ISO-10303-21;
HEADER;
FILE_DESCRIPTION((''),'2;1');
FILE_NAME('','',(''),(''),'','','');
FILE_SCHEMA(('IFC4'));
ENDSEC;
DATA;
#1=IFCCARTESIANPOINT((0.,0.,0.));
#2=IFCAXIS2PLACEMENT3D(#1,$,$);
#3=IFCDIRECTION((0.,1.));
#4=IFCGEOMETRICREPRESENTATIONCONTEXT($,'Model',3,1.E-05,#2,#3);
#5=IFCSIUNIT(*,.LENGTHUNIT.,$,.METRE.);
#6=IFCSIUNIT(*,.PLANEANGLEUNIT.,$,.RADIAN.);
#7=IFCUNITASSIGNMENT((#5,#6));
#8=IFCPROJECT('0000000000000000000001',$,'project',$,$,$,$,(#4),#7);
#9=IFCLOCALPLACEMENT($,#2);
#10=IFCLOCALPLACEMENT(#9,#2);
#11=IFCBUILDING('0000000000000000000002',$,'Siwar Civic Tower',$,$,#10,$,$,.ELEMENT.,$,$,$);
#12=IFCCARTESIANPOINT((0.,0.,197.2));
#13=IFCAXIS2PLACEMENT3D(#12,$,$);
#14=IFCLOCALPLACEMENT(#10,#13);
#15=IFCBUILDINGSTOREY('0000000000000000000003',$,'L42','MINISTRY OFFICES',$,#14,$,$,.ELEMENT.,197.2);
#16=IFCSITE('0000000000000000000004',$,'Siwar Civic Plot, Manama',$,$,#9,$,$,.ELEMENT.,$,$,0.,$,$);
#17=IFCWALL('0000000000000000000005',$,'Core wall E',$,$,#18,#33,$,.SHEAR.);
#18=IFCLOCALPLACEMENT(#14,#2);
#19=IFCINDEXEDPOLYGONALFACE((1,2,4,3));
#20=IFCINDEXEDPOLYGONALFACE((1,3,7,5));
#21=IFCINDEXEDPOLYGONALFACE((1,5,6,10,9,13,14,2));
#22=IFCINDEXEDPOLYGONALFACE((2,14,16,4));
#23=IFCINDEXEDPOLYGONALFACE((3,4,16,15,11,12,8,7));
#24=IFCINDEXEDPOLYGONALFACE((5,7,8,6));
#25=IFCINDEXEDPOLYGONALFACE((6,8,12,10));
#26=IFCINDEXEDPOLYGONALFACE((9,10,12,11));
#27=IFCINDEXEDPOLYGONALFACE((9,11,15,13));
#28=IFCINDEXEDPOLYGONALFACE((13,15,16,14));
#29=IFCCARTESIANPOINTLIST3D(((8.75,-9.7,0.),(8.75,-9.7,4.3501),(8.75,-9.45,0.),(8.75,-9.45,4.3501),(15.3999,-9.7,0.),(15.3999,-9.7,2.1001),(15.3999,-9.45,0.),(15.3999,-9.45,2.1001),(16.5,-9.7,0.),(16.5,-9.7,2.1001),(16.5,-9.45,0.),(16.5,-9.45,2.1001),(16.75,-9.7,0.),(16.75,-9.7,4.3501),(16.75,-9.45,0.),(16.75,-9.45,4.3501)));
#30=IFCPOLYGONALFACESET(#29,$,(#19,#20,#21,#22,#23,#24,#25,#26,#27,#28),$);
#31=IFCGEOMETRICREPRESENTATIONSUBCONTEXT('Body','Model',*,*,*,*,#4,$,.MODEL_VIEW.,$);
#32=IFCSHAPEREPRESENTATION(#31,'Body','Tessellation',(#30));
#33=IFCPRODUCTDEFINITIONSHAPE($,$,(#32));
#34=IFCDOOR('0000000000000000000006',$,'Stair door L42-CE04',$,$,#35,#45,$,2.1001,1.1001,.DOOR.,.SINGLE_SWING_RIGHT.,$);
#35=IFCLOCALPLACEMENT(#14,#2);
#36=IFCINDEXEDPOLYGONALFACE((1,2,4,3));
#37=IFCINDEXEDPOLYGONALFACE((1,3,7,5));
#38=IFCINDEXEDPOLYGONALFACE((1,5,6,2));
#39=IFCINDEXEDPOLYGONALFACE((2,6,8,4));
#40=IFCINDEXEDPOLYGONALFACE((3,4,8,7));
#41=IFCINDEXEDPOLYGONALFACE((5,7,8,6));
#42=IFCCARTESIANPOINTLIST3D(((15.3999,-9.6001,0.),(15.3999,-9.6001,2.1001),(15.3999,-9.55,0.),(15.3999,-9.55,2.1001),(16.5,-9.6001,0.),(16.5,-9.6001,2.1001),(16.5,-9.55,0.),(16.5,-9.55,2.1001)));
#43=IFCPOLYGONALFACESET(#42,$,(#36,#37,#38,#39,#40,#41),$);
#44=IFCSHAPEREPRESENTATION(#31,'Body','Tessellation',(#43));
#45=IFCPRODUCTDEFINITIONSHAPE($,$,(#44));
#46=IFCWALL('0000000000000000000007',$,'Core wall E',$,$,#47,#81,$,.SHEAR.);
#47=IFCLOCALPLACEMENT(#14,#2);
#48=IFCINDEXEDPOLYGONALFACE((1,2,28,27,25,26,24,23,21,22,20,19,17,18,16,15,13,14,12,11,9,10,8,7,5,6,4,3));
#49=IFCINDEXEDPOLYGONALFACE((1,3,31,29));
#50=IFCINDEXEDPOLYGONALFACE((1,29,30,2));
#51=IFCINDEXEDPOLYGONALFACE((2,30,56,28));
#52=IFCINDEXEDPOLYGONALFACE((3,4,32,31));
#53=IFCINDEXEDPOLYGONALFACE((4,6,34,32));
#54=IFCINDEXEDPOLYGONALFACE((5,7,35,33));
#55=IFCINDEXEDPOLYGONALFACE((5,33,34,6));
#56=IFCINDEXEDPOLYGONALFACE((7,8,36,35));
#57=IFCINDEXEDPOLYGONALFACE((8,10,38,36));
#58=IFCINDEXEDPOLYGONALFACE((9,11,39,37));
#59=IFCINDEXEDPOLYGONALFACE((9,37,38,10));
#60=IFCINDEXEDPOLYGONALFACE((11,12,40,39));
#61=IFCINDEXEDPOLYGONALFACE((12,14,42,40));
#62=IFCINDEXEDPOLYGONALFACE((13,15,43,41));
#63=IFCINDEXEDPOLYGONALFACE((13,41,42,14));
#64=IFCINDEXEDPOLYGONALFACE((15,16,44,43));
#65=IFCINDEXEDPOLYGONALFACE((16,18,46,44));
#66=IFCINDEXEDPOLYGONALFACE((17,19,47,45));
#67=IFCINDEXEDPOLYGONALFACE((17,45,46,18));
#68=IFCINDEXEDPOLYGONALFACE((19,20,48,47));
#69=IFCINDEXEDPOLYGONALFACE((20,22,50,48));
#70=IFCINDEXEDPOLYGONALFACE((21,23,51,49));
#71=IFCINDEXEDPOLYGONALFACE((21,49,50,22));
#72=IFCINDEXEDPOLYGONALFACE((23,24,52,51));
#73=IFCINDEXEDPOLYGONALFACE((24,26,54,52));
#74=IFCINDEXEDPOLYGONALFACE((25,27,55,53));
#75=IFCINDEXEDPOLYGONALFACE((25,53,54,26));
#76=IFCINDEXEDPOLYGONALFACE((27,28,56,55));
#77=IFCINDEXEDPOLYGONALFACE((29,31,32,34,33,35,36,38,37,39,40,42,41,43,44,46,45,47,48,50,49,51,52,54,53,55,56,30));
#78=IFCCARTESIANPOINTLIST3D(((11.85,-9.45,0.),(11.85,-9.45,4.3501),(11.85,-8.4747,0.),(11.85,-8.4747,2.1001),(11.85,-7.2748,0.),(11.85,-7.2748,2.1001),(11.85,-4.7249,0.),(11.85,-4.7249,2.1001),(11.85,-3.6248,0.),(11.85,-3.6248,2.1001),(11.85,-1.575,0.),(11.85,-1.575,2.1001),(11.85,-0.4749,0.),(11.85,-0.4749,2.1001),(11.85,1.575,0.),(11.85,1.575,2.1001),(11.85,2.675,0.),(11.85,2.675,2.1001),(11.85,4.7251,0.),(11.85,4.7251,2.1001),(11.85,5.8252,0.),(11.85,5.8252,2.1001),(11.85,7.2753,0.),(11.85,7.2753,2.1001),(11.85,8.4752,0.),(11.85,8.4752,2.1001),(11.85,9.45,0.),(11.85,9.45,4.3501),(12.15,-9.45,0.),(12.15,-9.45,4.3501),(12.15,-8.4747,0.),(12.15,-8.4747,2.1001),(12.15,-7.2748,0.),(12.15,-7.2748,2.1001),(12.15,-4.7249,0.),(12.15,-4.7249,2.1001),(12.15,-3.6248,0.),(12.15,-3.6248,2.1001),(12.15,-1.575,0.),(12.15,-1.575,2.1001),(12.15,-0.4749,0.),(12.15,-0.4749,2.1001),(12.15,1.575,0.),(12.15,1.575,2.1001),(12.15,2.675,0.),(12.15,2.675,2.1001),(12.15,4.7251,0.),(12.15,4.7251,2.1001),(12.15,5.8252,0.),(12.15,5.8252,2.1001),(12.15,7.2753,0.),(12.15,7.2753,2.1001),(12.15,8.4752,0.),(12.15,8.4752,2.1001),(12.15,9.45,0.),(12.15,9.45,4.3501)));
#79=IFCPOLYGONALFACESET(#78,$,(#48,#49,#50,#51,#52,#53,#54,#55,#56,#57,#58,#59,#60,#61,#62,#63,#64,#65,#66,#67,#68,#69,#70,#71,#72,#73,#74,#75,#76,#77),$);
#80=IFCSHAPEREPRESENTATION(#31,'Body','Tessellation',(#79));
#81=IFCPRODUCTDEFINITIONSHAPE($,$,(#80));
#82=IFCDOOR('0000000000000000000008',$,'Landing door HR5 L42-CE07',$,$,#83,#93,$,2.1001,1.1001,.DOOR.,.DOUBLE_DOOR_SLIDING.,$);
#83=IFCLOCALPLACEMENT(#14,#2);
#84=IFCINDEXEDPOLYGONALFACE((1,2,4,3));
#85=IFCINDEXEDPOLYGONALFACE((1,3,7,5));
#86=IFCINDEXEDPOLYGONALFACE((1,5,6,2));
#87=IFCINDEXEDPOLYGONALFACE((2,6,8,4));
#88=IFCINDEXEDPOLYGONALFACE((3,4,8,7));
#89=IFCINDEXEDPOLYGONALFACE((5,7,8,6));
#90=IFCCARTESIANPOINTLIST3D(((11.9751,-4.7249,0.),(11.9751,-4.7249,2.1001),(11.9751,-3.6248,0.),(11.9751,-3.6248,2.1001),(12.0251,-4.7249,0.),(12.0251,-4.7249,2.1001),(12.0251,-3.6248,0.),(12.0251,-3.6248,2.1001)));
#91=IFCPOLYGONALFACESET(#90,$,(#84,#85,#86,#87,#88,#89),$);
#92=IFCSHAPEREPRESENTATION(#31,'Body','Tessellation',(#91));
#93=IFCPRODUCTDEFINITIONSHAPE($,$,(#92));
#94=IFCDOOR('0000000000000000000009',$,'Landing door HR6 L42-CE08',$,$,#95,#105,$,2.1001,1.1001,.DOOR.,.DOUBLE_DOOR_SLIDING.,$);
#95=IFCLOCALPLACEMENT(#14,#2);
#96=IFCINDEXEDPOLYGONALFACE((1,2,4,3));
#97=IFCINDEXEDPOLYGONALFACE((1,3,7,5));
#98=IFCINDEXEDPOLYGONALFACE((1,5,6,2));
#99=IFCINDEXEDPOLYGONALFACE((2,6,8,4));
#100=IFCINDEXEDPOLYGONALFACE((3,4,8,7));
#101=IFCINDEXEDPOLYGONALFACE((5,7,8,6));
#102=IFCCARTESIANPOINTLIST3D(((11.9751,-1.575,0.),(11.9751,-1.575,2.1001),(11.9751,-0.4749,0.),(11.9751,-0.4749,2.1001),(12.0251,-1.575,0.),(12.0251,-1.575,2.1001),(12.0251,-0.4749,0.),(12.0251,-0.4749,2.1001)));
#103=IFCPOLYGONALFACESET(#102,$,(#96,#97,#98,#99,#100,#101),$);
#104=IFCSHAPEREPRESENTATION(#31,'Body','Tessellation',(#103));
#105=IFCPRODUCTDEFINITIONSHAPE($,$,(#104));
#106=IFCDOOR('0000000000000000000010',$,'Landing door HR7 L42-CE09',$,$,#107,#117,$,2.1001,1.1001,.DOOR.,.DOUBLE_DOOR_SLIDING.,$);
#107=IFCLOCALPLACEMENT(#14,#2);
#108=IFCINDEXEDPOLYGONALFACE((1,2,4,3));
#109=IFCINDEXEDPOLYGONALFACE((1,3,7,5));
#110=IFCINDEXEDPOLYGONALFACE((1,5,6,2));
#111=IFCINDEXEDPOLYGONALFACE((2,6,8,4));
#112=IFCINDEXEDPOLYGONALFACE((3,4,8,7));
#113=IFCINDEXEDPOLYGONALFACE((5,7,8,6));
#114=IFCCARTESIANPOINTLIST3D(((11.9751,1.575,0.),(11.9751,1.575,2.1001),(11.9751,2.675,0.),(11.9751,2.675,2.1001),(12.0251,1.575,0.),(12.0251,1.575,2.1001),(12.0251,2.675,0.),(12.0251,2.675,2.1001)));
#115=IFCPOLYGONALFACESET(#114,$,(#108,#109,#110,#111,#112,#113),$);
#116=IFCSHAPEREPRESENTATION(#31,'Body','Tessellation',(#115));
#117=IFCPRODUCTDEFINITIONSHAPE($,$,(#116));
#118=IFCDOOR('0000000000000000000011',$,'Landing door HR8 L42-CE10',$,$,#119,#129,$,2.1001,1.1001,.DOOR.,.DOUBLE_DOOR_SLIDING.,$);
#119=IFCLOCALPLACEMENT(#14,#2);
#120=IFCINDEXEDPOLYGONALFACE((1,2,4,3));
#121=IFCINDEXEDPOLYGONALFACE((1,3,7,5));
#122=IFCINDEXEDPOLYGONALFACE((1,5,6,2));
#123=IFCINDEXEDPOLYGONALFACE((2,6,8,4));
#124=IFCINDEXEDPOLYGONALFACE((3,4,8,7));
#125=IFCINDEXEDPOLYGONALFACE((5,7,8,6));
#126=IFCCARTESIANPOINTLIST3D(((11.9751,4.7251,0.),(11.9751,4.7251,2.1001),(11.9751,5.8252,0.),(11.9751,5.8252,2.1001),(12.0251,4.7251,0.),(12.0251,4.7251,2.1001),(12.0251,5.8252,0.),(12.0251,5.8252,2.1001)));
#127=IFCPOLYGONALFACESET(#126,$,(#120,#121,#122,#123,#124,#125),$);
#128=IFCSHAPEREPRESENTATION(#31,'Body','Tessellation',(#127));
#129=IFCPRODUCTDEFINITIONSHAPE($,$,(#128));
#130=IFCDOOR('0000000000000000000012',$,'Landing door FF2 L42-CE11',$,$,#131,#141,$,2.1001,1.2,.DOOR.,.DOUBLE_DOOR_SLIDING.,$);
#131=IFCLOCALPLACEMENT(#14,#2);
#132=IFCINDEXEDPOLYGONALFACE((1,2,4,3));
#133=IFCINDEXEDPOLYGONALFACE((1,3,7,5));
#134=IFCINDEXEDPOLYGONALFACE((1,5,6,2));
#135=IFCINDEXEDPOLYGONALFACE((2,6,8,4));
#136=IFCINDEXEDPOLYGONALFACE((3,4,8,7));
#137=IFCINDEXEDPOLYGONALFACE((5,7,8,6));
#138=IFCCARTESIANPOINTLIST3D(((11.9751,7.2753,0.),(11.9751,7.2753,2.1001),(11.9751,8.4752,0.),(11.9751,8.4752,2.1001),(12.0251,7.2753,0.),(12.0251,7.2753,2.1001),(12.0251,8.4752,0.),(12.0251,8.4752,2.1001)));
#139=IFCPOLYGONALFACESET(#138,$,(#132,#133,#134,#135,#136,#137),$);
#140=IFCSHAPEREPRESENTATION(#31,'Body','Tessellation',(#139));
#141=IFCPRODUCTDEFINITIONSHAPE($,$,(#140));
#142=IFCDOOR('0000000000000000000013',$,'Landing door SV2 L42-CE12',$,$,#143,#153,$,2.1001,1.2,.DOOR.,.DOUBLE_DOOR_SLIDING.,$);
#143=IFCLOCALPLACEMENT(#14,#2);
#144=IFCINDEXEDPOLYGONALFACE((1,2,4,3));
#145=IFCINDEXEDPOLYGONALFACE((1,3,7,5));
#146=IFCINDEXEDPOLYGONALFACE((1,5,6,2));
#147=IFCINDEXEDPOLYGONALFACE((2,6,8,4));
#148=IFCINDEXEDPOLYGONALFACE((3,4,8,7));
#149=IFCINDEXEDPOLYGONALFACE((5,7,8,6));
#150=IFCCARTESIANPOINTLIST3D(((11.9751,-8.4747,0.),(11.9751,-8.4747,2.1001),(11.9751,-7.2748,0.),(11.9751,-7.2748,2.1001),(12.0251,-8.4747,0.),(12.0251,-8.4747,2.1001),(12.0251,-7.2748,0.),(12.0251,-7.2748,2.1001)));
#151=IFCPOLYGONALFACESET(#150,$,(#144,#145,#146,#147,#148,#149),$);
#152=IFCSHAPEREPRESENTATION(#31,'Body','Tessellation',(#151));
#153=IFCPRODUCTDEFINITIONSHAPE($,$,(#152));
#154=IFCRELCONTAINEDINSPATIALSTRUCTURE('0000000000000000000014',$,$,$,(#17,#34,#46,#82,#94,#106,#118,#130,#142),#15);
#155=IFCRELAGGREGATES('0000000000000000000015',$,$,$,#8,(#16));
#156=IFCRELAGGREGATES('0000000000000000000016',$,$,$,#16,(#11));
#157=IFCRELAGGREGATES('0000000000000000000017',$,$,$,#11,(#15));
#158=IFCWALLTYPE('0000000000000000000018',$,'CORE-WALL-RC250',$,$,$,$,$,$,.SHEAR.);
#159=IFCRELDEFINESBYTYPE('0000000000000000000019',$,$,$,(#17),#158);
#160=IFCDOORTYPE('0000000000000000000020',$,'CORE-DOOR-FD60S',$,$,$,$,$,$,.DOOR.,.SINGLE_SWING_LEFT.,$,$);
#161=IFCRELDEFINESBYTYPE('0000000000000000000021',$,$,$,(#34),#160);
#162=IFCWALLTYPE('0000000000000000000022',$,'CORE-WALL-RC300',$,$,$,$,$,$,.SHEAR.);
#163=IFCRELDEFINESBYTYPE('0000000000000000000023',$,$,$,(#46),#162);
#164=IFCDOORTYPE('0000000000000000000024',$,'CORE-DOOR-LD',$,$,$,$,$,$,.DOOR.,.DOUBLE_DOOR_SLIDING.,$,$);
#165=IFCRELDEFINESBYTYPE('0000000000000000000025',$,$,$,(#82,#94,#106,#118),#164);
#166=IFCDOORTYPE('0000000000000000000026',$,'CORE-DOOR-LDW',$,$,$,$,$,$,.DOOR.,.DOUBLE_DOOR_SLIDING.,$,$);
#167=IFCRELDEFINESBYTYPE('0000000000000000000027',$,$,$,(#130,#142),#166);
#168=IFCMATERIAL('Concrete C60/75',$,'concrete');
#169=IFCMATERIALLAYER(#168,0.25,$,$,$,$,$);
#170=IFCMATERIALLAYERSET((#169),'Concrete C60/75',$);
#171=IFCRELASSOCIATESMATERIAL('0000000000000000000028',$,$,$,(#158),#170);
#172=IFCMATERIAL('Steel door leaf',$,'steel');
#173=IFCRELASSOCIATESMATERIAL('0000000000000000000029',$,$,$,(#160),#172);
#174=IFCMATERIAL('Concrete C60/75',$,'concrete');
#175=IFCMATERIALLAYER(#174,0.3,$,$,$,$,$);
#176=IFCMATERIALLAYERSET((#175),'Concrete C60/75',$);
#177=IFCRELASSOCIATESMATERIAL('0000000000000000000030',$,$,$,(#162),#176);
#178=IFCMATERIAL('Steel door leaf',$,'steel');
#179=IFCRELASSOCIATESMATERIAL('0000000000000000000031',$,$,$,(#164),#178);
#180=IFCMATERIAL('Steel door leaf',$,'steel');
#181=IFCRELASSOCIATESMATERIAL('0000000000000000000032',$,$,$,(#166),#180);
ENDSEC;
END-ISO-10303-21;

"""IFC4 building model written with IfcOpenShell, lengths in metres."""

from ifc_helpers import new_model, si_unit, direction, frame, frame_2d, origin, place, context, subcontext, project, spatial, rectangle, extrude, material, layer, layer_set, type_object, element, fill, save


model = new_model("IFC4")

# Units and contexts
model_context = context("Model", 3, precision=1e-05, world=origin(), true_north=direction((0.0, 1.0)))
body_context = subcontext(model_context, "Body", "Model", "MODEL_VIEW")
ifc_project = project(units=[si_unit("LENGTHUNIT", "METRE"), si_unit("PLANEANGLEUNIT", "RADIAN")], contexts=[model_context])

# Site, building, storey
site_placement = place(None, origin())
site = spatial("IfcSite", under=ifc_project, at=site_placement, Name="Siwar Civic Plot, Manama", CompositionType="ELEMENT", RefElevation=0.0)
building_placement = place(site_placement, origin())
building = spatial("IfcBuilding", under=site, at=building_placement, Name="Siwar Civic Tower", CompositionType="ELEMENT")
storey_placement = place(building_placement, frame((0.0, 0.0, 197.2)))
storey = spatial("IfcBuildingStorey", under=building, at=storey_placement, Name="L42", Description="MINISTRY OFFICES", CompositionType="ELEMENT", Elevation=197.2)

# Wall, opening, door
ifc_material_1 = material(Name="Concrete C60/75", Category="concrete")
ifc_layer_1 = layer(ifc_material_1, 0.25)
ifc_layer_set_1 = layer_set([ifc_layer_1], Name="Concrete C60/75")
wall_type_1 = type_object("IfcWallType", Name="CORE-WALL-RC250", PredefinedType="SHEAR", material=ifc_layer_set_1)
wall_1_placement = place(storey_placement, frame((8.75, -9.575, 0.0), z_axis=(0.0, 0.0, 1.0), x_axis=(1.0, 0.0, 0.0)))
wall_1 = element("IfcWall", 1, at=wall_1_placement, inside=storey, type_object=wall_type_1, Name="Core wall E", PredefinedType="SHEAR", context=body_context, shape_type="SweptSolid", body=[
    extrude(rectangle(XDim=8.0, YDim=0.25, at=frame_2d((4.0, 0.0))), origin(), (0.0, 0.0, 1.0), 4.3501),
])
opening_1_placement = place(wall_1_placement, frame((6.6499, 0.0, 0.0)))
opening_1 = element("IfcOpeningElement", 2, at=opening_1_placement, cuts=wall_1, PredefinedType="OPENING", context=body_context, shape_type="SweptSolid", body=[
    extrude(rectangle(XDim=1.1001, YDim=2.1001, at=frame_2d((0.55, 1.05))), frame((0.0, 0.135, 0.0), z_axis=(0.0, -1.0, 0.0), x_axis=(1.0, 0.0, 0.0)), (0.0, 0.0, 1.0), 0.27),
])
ifc_material_2 = material(Name="Steel door leaf", Category="steel")
door_type_1 = type_object("IfcDoorType", Name="CORE-DOOR-FD60S", OperationType="SINGLE_SWING_LEFT", PredefinedType="DOOR", material=ifc_material_2)
door_1_placement = place(opening_1_placement, origin())
door_1 = element("IfcDoor", 3, at=door_1_placement, inside=storey, type_object=door_type_1, Name="Stair door L42-CE04", OperationType="SINGLE_SWING_RIGHT", OverallHeight=2.1001, OverallWidth=1.1001, PredefinedType="DOOR", context=body_context, shape_type="SweptSolid", body=[
    extrude(rectangle(XDim=1.1001, YDim=2.1001, at=frame_2d((0.55, 1.05))), frame((0.0, 0.0249, 0.0), z_axis=(0.0, -1.0, 0.0), x_axis=(1.0, 0.0, 0.0)), (0.0, 0.0, 1.0), 0.05),
])
fill(opening_1, door_1)

# Wall, openings, doors
ifc_material_3 = material(Name="Concrete C60/75", Category="concrete")
ifc_layer_2 = layer(ifc_material_3, 0.3)
ifc_layer_set_2 = layer_set([ifc_layer_2], Name="Concrete C60/75")
wall_type_2 = type_object("IfcWallType", Name="CORE-WALL-RC300", PredefinedType="SHEAR", material=ifc_layer_set_2)
wall_2_placement = place(storey_placement, frame((12.0, -9.45, 0.0), z_axis=(0.0, 0.0, 1.0), x_axis=(0.0, 1.0, 0.0)))
wall_2 = element("IfcWall", 4, at=wall_2_placement, inside=storey, type_object=wall_type_2, Name="Core wall E", PredefinedType="SHEAR", context=body_context, shape_type="SweptSolid", body=[
    extrude(rectangle(XDim=18.8999, YDim=0.3, at=frame_2d((9.45, 0.0))), origin(), (0.0, 0.0, 1.0), 4.3501),
])
opening_2_placement = place(wall_2_placement, frame((4.7251, 0.0, 0.0)))
opening_2 = element("IfcOpeningElement", 5, at=opening_2_placement, cuts=wall_2, PredefinedType="OPENING", context=body_context, shape_type="SweptSolid", body=[
    extrude(rectangle(XDim=1.1001, YDim=2.1001, at=frame_2d((0.55, 1.05))), frame((0.0, 0.1602, 0.0), z_axis=(0.0, -1.0, 0.0), x_axis=(1.0, 0.0, 0.0)), (0.0, 0.0, 1.0), 0.3201),
])
opening_3_placement = place(wall_2_placement, frame((7.875, 0.0, 0.0)))
opening_3 = element("IfcOpeningElement", 6, at=opening_3_placement, cuts=wall_2, PredefinedType="OPENING", context=body_context, shape_type="SweptSolid", body=[
    extrude(rectangle(XDim=1.1001, YDim=2.1001, at=frame_2d((0.55, 1.05))), frame((0.0, 0.1602, 0.0), z_axis=(0.0, -1.0, 0.0), x_axis=(1.0, 0.0, 0.0)), (0.0, 0.0, 1.0), 0.3201),
])
opening_4_placement = place(wall_2_placement, frame((11.0249, 0.0, 0.0)))
opening_4 = element("IfcOpeningElement", 7, at=opening_4_placement, cuts=wall_2, PredefinedType="OPENING", context=body_context, shape_type="SweptSolid", body=[
    extrude(rectangle(XDim=1.1001, YDim=2.1001, at=frame_2d((0.55, 1.05))), frame((0.0, 0.1602, 0.0), z_axis=(0.0, -1.0, 0.0), x_axis=(1.0, 0.0, 0.0)), (0.0, 0.0, 1.0), 0.3201),
])
opening_5_placement = place(wall_2_placement, frame((14.175, 0.0, 0.0)))
opening_5 = element("IfcOpeningElement", 8, at=opening_5_placement, cuts=wall_2, PredefinedType="OPENING", context=body_context, shape_type="SweptSolid", body=[
    extrude(rectangle(XDim=1.1001, YDim=2.1001, at=frame_2d((0.55, 1.05))), frame((0.0, 0.1602, 0.0), z_axis=(0.0, -1.0, 0.0), x_axis=(1.0, 0.0, 0.0)), (0.0, 0.0, 1.0), 0.3201),
])
opening_6_placement = place(wall_2_placement, frame((16.7251, 0.0, 0.0)))
opening_6 = element("IfcOpeningElement", 9, at=opening_6_placement, cuts=wall_2, PredefinedType="OPENING", context=body_context, shape_type="SweptSolid", body=[
    extrude(rectangle(XDim=1.2, YDim=2.1001, at=frame_2d((0.6001, 1.05))), frame((0.0, 0.1602, 0.0), z_axis=(0.0, -1.0, 0.0), x_axis=(1.0, 0.0, 0.0)), (0.0, 0.0, 1.0), 0.3201),
])
opening_7_placement = place(wall_2_placement, frame((0.9751, 0.0, 0.0)))
opening_7 = element("IfcOpeningElement", 10, at=opening_7_placement, cuts=wall_2, PredefinedType="OPENING", context=body_context, shape_type="SweptSolid", body=[
    extrude(rectangle(XDim=1.2, YDim=2.1001, at=frame_2d((0.6001, 1.05))), frame((0.0, 0.1602, 0.0), z_axis=(0.0, -1.0, 0.0), x_axis=(1.0, 0.0, 0.0)), (0.0, 0.0, 1.0), 0.3201),
])
ifc_material_4 = material(Name="Steel door leaf", Category="steel")
door_type_2 = type_object("IfcDoorType", Name="CORE-DOOR-LD", OperationType="DOUBLE_DOOR_SLIDING", PredefinedType="DOOR", material=ifc_material_4)
door_2_placement = place(opening_2_placement, origin())
door_2 = element("IfcDoor", 11, at=door_2_placement, inside=storey, type_object=door_type_2, Name="Landing door HR5 L42-CE07", OperationType="DOUBLE_DOOR_SLIDING", OverallHeight=2.1001, OverallWidth=1.1001, PredefinedType="DOOR", context=body_context, shape_type="SweptSolid", body=[
    extrude(rectangle(XDim=1.1001, YDim=2.1001, at=frame_2d((0.55, 1.05))), frame((0.0, 0.0249, 0.0), z_axis=(0.0, -1.0, 0.0), x_axis=(1.0, 0.0, 0.0)), (0.0, 0.0, 1.0), 0.05),
])
fill(opening_2, door_2)
door_3_placement = place(opening_3_placement, origin())
door_3 = element("IfcDoor", 12, at=door_3_placement, inside=storey, type_object=door_type_2, Name="Landing door HR6 L42-CE08", OperationType="DOUBLE_DOOR_SLIDING", OverallHeight=2.1001, OverallWidth=1.1001, PredefinedType="DOOR", context=body_context, shape_type="SweptSolid", body=[
    extrude(rectangle(XDim=1.1001, YDim=2.1001, at=frame_2d((0.55, 1.05))), frame((0.0, 0.0249, 0.0), z_axis=(0.0, -1.0, 0.0), x_axis=(1.0, 0.0, 0.0)), (0.0, 0.0, 1.0), 0.05),
])
fill(opening_3, door_3)
door_4_placement = place(opening_4_placement, origin())
door_4 = element("IfcDoor", 13, at=door_4_placement, inside=storey, type_object=door_type_2, Name="Landing door HR7 L42-CE09", OperationType="DOUBLE_DOOR_SLIDING", OverallHeight=2.1001, OverallWidth=1.1001, PredefinedType="DOOR", context=body_context, shape_type="SweptSolid", body=[
    extrude(rectangle(XDim=1.1001, YDim=2.1001, at=frame_2d((0.55, 1.05))), frame((0.0, 0.0249, 0.0), z_axis=(0.0, -1.0, 0.0), x_axis=(1.0, 0.0, 0.0)), (0.0, 0.0, 1.0), 0.05),
])
fill(opening_4, door_4)
door_5_placement = place(opening_5_placement, origin())
door_5 = element("IfcDoor", 14, at=door_5_placement, inside=storey, type_object=door_type_2, Name="Landing door HR8 L42-CE10", OperationType="DOUBLE_DOOR_SLIDING", OverallHeight=2.1001, OverallWidth=1.1001, PredefinedType="DOOR", context=body_context, shape_type="SweptSolid", body=[
    extrude(rectangle(XDim=1.1001, YDim=2.1001, at=frame_2d((0.55, 1.05))), frame((0.0, 0.0249, 0.0), z_axis=(0.0, -1.0, 0.0), x_axis=(1.0, 0.0, 0.0)), (0.0, 0.0, 1.0), 0.05),
])
fill(opening_5, door_5)
ifc_material_5 = material(Name="Steel door leaf", Category="steel")
door_type_3 = type_object("IfcDoorType", Name="CORE-DOOR-LDW", OperationType="DOUBLE_DOOR_SLIDING", PredefinedType="DOOR", material=ifc_material_5)
door_6_placement = place(opening_6_placement, origin())
door_6 = element("IfcDoor", 15, at=door_6_placement, inside=storey, type_object=door_type_3, Name="Landing door FF2 L42-CE11", OperationType="DOUBLE_DOOR_SLIDING", OverallHeight=2.1001, OverallWidth=1.2, PredefinedType="DOOR", context=body_context, shape_type="SweptSolid", body=[
    extrude(rectangle(XDim=1.2, YDim=2.1001, at=frame_2d((0.6001, 1.05))), frame((0.0, 0.0249, 0.0), z_axis=(0.0, -1.0, 0.0), x_axis=(1.0, 0.0, 0.0)), (0.0, 0.0, 1.0), 0.05),
])
fill(opening_6, door_6)
door_7_placement = place(opening_7_placement, origin())
door_7 = element("IfcDoor", 16, at=door_7_placement, inside=storey, type_object=door_type_3, Name="Landing door SV2 L42-CE12", OperationType="DOUBLE_DOOR_SLIDING", OverallHeight=2.1001, OverallWidth=1.2, PredefinedType="DOOR", context=body_context, shape_type="SweptSolid", body=[
    extrude(rectangle(XDim=1.2, YDim=2.1001, at=frame_2d((0.6001, 1.05))), frame((0.0, 0.0249, 0.0), z_axis=(0.0, -1.0, 0.0), x_axis=(1.0, 0.0, 0.0)), (0.0, 0.0, 1.0), 0.05),
])
fill(opening_7, door_7)

save(model, "model.ifc")
